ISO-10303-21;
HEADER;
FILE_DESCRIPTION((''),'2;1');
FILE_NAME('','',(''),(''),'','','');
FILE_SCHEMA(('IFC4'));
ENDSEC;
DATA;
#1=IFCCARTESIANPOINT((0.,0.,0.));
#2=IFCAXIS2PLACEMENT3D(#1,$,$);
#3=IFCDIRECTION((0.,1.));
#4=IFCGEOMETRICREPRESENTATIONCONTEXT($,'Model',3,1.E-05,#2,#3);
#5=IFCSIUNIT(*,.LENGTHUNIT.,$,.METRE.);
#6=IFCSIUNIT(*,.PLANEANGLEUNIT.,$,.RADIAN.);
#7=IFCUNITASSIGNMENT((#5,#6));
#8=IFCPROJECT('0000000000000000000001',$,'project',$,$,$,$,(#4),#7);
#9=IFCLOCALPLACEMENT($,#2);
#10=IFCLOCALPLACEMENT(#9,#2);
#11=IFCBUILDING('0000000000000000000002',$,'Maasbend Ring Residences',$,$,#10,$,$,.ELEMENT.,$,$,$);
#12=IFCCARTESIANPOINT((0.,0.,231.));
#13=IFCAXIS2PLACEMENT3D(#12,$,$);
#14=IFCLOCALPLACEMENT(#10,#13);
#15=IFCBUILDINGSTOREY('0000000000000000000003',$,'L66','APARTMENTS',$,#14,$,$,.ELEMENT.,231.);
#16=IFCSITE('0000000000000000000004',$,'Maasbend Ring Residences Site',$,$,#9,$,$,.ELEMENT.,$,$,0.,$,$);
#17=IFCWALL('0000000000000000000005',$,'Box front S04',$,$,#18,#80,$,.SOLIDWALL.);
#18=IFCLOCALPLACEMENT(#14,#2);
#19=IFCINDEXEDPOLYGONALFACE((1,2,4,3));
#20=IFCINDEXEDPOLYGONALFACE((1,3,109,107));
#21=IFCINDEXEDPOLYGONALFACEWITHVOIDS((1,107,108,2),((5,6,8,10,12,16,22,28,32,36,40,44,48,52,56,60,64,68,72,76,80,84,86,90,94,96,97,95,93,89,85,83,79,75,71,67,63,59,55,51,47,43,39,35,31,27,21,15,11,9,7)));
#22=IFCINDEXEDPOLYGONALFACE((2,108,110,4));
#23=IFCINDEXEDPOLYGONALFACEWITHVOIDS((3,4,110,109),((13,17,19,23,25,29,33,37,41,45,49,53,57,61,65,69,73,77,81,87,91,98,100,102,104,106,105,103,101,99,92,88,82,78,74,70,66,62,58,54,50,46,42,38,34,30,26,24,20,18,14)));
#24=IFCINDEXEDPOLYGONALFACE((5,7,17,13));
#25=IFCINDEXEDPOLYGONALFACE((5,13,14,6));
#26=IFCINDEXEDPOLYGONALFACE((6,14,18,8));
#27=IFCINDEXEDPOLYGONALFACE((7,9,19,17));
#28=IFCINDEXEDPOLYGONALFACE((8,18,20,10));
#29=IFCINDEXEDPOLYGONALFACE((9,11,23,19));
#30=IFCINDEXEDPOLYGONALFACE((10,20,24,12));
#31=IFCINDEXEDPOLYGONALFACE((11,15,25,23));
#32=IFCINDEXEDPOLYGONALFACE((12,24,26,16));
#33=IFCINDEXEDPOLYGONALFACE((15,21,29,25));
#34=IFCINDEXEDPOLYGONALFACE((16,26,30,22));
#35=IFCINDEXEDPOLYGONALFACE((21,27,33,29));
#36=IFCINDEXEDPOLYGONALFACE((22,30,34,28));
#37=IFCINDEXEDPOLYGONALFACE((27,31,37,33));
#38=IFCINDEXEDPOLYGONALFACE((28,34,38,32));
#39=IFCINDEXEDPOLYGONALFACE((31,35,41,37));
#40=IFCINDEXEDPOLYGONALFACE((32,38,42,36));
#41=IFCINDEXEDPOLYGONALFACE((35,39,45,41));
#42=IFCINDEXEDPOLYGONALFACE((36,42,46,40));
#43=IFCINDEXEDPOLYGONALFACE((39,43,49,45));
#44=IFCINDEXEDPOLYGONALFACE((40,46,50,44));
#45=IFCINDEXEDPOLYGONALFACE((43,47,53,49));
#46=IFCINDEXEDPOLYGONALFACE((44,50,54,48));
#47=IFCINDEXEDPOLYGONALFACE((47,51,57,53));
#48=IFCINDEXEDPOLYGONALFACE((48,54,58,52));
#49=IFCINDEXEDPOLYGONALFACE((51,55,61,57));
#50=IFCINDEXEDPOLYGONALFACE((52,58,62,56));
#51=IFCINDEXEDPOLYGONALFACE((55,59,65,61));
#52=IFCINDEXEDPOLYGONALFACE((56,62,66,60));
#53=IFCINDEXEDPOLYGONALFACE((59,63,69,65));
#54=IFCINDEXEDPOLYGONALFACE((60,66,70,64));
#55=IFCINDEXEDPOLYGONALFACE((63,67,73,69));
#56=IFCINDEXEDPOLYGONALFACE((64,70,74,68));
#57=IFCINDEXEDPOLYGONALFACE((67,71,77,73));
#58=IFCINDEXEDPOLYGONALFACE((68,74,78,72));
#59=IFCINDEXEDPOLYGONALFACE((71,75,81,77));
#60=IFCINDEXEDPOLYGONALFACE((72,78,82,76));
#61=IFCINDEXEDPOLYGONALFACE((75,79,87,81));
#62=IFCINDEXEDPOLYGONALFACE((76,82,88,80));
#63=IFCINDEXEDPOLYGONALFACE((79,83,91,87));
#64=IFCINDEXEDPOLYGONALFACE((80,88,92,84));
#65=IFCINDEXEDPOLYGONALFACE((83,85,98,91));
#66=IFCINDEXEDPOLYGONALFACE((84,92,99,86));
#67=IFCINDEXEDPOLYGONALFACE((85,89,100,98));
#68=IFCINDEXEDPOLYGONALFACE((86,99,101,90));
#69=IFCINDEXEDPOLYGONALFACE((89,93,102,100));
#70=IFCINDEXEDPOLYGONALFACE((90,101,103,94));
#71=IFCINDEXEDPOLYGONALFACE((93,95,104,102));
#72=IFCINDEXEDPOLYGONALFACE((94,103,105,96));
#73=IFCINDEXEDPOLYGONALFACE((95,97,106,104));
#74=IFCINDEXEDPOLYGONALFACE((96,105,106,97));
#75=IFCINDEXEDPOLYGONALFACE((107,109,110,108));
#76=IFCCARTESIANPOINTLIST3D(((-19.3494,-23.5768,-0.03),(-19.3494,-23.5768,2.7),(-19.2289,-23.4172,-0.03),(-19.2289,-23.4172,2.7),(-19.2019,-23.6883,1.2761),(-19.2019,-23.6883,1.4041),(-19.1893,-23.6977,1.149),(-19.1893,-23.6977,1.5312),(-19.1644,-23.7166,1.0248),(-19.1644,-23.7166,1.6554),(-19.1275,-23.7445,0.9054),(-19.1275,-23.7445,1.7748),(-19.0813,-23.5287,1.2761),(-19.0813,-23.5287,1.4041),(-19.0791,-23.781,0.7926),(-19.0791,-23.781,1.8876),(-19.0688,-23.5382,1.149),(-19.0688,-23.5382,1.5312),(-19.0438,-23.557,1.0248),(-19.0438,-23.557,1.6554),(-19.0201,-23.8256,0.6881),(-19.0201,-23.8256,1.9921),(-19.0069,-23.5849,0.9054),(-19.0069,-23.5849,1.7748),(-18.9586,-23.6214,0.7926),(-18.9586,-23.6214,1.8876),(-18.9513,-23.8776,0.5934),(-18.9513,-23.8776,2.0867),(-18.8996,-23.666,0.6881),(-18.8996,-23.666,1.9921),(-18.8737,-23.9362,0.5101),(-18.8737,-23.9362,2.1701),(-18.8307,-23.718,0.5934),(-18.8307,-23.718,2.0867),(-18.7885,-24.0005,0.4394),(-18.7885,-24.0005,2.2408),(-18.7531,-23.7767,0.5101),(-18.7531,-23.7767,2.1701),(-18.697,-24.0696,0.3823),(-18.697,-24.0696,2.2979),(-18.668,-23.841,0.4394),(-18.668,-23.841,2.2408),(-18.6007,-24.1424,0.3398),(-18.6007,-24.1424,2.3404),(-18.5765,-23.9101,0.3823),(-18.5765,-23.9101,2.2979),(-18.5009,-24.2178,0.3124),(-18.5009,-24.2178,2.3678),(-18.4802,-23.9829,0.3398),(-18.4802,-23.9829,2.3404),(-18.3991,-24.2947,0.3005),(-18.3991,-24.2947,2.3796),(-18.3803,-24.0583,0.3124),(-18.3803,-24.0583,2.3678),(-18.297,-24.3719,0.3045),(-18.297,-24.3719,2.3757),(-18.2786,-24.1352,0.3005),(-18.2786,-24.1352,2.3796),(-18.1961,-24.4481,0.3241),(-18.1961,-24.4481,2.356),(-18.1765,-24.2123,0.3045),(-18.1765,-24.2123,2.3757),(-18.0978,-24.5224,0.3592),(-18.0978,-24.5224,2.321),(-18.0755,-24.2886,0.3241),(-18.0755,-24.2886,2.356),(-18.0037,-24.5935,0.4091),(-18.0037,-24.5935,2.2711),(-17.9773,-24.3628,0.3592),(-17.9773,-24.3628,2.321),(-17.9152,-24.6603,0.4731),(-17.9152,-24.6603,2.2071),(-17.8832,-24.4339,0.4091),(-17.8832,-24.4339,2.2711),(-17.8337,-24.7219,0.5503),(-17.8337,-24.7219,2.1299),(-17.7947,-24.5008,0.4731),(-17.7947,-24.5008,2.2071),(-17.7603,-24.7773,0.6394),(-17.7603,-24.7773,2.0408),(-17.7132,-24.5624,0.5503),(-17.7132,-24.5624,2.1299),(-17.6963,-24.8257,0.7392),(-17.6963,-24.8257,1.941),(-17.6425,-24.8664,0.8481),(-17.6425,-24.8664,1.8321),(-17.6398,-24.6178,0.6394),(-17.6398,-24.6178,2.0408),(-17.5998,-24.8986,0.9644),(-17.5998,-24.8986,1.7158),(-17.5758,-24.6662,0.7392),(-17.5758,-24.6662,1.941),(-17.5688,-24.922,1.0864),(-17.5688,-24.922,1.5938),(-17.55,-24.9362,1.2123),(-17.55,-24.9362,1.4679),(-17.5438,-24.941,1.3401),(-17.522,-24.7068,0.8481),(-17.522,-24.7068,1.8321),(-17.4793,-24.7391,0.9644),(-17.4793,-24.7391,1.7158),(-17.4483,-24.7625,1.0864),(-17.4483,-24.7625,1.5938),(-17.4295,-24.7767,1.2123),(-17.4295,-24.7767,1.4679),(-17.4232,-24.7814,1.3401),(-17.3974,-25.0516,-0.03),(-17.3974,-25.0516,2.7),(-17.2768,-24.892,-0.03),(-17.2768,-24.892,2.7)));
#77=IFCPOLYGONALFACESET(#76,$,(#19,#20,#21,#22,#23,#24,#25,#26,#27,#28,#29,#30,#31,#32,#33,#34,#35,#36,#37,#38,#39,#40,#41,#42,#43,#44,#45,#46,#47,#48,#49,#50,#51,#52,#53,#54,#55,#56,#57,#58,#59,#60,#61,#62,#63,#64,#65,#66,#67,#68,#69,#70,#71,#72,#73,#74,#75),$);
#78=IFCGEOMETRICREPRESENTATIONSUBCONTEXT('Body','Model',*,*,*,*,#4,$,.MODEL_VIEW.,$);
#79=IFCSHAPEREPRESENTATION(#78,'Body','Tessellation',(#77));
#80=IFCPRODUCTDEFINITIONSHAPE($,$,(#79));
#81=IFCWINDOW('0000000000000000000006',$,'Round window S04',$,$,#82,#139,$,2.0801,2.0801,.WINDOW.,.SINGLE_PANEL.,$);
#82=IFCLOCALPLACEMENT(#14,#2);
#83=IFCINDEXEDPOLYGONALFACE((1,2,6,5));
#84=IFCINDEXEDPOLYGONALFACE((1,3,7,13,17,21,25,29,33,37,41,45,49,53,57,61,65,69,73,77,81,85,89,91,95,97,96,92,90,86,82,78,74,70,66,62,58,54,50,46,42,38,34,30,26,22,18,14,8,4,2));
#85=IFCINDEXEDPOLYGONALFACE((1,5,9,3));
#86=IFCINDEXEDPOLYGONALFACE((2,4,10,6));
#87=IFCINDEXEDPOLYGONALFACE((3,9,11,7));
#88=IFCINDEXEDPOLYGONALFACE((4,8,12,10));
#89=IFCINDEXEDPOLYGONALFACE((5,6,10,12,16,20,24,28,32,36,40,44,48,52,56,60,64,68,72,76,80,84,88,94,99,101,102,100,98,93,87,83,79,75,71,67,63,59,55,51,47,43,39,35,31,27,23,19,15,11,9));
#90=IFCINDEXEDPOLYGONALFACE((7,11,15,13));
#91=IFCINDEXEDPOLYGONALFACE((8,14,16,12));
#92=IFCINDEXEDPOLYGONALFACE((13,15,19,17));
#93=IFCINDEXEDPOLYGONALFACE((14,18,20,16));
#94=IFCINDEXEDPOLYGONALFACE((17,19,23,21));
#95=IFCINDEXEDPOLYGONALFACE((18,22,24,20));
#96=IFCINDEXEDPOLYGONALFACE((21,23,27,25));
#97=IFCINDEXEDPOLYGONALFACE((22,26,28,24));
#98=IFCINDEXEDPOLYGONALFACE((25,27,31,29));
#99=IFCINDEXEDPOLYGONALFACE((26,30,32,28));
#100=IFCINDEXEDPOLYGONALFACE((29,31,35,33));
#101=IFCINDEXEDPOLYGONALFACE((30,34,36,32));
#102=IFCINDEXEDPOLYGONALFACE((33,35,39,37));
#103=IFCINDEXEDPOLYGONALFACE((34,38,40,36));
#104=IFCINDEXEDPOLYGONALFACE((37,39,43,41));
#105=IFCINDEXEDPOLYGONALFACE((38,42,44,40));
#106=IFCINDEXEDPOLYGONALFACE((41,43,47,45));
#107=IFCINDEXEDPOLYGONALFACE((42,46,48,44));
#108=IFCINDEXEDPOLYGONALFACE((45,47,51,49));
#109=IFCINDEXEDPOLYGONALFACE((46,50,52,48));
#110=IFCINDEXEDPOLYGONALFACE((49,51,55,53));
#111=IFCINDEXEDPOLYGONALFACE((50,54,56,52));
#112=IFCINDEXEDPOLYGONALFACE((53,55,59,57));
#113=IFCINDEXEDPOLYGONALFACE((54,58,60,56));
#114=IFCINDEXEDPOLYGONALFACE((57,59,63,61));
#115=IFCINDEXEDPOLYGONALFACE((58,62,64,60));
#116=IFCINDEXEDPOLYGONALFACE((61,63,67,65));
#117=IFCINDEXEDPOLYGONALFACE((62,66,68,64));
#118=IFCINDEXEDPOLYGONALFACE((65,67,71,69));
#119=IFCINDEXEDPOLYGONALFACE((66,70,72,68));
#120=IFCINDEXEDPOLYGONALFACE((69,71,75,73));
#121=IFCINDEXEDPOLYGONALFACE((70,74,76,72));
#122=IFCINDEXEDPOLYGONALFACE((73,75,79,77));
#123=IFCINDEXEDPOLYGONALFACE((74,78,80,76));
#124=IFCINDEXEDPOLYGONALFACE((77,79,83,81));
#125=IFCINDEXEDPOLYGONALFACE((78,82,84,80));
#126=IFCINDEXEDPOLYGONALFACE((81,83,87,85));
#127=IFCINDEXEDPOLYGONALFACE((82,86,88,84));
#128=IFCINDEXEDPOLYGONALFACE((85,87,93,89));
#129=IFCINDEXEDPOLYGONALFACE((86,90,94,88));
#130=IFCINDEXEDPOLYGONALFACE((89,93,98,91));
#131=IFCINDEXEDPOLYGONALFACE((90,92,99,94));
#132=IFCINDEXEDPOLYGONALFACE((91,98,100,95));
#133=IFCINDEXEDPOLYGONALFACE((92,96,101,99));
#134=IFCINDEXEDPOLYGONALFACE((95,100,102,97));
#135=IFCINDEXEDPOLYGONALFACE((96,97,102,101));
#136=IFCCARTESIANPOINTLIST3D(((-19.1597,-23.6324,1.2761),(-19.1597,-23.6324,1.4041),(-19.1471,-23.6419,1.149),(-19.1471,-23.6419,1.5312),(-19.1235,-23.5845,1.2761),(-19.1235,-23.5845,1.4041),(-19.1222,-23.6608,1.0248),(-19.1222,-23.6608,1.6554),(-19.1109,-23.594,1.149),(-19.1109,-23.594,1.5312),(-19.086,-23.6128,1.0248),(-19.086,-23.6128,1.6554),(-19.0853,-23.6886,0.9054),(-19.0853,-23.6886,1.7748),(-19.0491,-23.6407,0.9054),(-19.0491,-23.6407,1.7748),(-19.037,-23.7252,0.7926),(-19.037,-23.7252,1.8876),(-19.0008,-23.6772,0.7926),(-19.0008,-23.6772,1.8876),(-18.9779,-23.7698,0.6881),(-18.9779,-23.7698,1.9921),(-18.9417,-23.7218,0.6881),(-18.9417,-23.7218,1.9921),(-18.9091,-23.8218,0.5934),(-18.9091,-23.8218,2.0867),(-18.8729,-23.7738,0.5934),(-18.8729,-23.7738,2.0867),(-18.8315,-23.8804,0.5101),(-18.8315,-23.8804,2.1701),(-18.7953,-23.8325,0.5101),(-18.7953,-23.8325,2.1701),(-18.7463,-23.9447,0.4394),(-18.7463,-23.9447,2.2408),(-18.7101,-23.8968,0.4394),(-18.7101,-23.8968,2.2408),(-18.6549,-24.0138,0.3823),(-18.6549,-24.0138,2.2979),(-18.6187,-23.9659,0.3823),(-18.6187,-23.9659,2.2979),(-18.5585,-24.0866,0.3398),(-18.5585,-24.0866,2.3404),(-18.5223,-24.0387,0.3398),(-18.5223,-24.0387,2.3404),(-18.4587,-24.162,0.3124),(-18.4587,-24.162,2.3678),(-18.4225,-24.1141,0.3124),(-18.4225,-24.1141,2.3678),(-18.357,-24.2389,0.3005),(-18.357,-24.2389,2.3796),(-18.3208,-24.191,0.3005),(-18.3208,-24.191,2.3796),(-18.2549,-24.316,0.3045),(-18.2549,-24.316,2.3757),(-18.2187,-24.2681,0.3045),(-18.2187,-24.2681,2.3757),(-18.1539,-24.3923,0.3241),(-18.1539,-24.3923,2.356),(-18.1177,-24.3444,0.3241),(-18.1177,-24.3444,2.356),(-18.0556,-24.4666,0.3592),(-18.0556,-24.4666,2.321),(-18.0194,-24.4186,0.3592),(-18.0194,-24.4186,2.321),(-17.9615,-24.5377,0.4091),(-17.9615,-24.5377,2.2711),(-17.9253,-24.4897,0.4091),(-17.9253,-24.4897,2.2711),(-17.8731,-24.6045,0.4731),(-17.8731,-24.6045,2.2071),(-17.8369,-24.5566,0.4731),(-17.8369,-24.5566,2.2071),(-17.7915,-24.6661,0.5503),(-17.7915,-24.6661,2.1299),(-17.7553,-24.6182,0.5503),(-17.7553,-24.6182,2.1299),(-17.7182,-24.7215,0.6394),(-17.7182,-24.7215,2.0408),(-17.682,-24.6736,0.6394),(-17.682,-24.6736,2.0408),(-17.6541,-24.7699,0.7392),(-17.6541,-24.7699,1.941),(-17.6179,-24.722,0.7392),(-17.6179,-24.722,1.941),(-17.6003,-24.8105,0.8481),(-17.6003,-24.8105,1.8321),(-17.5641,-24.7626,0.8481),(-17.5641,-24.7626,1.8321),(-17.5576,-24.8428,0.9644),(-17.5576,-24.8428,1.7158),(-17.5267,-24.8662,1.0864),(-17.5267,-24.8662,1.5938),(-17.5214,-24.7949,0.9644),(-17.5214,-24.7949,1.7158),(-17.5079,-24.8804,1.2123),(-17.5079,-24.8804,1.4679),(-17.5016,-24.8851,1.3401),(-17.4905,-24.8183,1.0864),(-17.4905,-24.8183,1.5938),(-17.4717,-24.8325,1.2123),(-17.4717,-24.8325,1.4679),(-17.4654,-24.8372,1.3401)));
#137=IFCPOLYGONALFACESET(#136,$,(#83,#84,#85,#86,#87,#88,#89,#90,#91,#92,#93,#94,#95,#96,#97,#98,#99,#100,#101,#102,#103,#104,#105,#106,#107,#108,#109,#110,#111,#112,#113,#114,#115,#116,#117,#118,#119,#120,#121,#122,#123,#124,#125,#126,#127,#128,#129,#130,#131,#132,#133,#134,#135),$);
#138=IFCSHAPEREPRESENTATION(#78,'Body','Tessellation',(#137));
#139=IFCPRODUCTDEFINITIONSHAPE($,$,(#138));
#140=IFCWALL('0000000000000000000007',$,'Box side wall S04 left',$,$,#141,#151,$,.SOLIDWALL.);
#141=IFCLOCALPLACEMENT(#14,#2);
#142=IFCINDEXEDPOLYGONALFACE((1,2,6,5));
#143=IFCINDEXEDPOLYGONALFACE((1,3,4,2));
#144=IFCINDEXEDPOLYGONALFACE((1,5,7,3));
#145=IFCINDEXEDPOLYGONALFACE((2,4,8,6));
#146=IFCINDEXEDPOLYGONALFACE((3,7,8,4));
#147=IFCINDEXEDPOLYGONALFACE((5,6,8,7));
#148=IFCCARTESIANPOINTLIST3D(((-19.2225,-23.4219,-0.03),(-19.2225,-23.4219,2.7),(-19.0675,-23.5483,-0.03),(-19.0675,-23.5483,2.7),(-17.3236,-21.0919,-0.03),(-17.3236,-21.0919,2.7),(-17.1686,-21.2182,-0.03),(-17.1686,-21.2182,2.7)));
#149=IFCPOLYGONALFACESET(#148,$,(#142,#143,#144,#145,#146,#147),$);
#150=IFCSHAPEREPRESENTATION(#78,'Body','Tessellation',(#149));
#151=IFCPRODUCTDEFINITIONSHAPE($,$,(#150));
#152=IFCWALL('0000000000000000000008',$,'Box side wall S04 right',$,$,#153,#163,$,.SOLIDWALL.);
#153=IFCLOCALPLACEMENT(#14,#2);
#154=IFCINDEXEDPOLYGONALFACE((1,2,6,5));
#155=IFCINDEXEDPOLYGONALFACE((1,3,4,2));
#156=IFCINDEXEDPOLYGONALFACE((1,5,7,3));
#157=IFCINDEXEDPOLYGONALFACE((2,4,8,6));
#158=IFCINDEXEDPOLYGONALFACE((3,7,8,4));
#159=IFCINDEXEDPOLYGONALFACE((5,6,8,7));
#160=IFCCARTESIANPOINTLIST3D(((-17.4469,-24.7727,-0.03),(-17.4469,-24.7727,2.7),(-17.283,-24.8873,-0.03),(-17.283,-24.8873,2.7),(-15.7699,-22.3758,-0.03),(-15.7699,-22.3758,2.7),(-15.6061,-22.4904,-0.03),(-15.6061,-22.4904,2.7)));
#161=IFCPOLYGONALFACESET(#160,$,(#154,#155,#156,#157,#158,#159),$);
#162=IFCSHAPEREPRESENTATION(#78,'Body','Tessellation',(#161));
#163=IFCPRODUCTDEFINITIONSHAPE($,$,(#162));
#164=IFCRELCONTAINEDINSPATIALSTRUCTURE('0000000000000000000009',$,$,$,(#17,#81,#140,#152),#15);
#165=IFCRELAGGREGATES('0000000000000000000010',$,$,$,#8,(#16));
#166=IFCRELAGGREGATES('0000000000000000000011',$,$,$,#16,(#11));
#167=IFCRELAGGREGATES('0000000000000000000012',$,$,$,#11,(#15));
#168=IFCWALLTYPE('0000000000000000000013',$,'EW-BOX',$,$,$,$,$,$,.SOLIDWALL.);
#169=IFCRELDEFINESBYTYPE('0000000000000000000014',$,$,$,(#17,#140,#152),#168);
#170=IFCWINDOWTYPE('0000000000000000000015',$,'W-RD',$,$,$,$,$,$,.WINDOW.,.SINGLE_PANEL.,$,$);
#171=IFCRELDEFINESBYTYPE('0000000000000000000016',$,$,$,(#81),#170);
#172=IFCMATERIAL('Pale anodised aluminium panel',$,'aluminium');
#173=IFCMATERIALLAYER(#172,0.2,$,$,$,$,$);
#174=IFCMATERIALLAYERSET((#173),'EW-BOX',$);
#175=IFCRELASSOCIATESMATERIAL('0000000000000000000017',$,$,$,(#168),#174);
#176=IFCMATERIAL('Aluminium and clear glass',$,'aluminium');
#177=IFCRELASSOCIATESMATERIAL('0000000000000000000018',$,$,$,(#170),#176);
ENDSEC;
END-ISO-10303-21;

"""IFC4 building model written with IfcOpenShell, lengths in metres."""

from ifc_helpers import new_model, si_unit, direction, frame, frame_2d, origin, place, context, subcontext, project, spatial, rectangle, circle, extrude, material, layer, layer_set, type_object, element, fill, save


model = new_model("IFC4")

# Units and contexts
model_context = context("Model", 3, precision=1e-05, world=origin(), true_north=direction((0.0, 1.0)))
body_context = subcontext(model_context, "Body", "Model", "MODEL_VIEW")
ifc_project = project(units=[si_unit("LENGTHUNIT", "METRE"), si_unit("PLANEANGLEUNIT", "RADIAN")], contexts=[model_context])

# Site, building, storey
site_placement = place(None, origin())
site = spatial("IfcSite", under=ifc_project, at=site_placement, Name="Maasbend Ring Residences Site", CompositionType="ELEMENT", RefElevation=0.0)
building_placement = place(site_placement, origin())
building = spatial("IfcBuilding", under=site, at=building_placement, Name="Maasbend Ring Residences", CompositionType="ELEMENT")
storey_placement = place(building_placement, frame((0.0, 0.0, 231.0)))
storey = spatial("IfcBuildingStorey", under=building, at=storey_placement, Name="L66", Description="APARTMENTS", CompositionType="ELEMENT", Elevation=231.0)

# Shared definitions
ifc_material_1 = material(Name="Pale anodised aluminium panel", Category="aluminium")
ifc_layer_1 = layer(ifc_material_1, 0.2)
ifc_layer_set_1 = layer_set([ifc_layer_1], Name="EW-BOX")
wall_type_1 = type_object("IfcWallType", Name="EW-BOX", PredefinedType="SOLIDWALL", material=ifc_layer_set_1)
ifc_material_2 = material(Name="Aluminium and clear glass", Category="aluminium")
window_type_1 = type_object("IfcWindowType", Name="W-RD", PartitioningType="SINGLE_PANEL", PredefinedType="WINDOW", material=ifc_material_2)

# Wall, opening, window
wall_1_placement = place(storey_placement, frame((-19.2891, -23.4971, -0.03), z_axis=(0.0, 0.0, 1.0), x_axis=(0.797888, -0.602806, 0.0)))
wall_1 = element("IfcWall", 1, at=wall_1_placement, inside=storey, type_object=wall_type_1, Name="Box front S04", PredefinedType="SOLIDWALL", context=body_context, shape_type="SweptSolid", body=[
    extrude(rectangle(XDim=2.4465, YDim=0.2, at=frame_2d((1.2231, 0.0))), origin(), (0.0, 0.0, 1.0), 2.73),
])
opening_1_placement = place(wall_1_placement, frame((0.1829, 0.0, 0.3301)))
opening_1 = element("IfcOpeningElement", 2, at=opening_1_placement, cuts=wall_1, PredefinedType="OPENING", context=body_context, shape_type="SweptSolid", body=[
    extrude(circle(Radius=1.04, at=frame_2d((1.04, 1.04))), frame((0.0, 0.1099, 0.0), z_axis=(0.0, -1.0, 0.0), x_axis=(1.0, 0.0, 0.0)), (0.0, 0.0, 1.0), 0.22),
])
window_1_placement = place(opening_1_placement, origin())
window_1 = element("IfcWindow", 3, at=window_1_placement, inside=storey, type_object=window_type_1, Name="Round window S04", OverallHeight=2.0801, OverallWidth=2.0801, PartitioningType="SINGLE_PANEL", PredefinedType="WINDOW", context=body_context, shape_type="SweptSolid", body=[
    extrude(circle(Radius=1.04, at=frame_2d((1.04, 1.04))), frame((0.0, 0.03, 0.0), z_axis=(0.0, -1.0, 0.0), x_axis=(1.0, 0.0, 0.0)), (0.0, 0.0, 1.0), 0.0601),
])
fill(opening_1, window_1)

# Walls
wall_2_placement = place(storey_placement, frame((-17.2461, -21.155, -0.03), z_axis=(0.0, 0.0, 1.0), x_axis=(-0.631742, -0.775179, 0.0)))
element("IfcWall", 4, at=wall_2_placement, inside=storey, type_object=wall_type_1, Name="Box side wall S04 left", PredefinedType="SOLIDWALL", context=body_context, shape_type="SweptSolid", body=[
    extrude(rectangle(XDim=3.0059, YDim=0.2, at=frame_2d((1.5029, 0.0))), origin(), (0.0, 0.0, 1.0), 2.73),
])
wall_3_placement = place(storey_placement, frame((-15.688, -22.4331, -0.03), z_axis=(0.0, 0.0, 1.0), x_axis=(-0.573261, -0.819373, 0.0)))
element("IfcWall", 5, at=wall_3_placement, inside=storey, type_object=wall_type_1, Name="Box side wall S04 right", PredefinedType="SOLIDWALL", context=body_context, shape_type="SweptSolid", body=[
    extrude(rectangle(XDim=2.9253, YDim=0.2, at=frame_2d((1.4626, 0.0))), origin(), (0.0, 0.0, 1.0), 2.73),
])

save(model, "model.ifc")
